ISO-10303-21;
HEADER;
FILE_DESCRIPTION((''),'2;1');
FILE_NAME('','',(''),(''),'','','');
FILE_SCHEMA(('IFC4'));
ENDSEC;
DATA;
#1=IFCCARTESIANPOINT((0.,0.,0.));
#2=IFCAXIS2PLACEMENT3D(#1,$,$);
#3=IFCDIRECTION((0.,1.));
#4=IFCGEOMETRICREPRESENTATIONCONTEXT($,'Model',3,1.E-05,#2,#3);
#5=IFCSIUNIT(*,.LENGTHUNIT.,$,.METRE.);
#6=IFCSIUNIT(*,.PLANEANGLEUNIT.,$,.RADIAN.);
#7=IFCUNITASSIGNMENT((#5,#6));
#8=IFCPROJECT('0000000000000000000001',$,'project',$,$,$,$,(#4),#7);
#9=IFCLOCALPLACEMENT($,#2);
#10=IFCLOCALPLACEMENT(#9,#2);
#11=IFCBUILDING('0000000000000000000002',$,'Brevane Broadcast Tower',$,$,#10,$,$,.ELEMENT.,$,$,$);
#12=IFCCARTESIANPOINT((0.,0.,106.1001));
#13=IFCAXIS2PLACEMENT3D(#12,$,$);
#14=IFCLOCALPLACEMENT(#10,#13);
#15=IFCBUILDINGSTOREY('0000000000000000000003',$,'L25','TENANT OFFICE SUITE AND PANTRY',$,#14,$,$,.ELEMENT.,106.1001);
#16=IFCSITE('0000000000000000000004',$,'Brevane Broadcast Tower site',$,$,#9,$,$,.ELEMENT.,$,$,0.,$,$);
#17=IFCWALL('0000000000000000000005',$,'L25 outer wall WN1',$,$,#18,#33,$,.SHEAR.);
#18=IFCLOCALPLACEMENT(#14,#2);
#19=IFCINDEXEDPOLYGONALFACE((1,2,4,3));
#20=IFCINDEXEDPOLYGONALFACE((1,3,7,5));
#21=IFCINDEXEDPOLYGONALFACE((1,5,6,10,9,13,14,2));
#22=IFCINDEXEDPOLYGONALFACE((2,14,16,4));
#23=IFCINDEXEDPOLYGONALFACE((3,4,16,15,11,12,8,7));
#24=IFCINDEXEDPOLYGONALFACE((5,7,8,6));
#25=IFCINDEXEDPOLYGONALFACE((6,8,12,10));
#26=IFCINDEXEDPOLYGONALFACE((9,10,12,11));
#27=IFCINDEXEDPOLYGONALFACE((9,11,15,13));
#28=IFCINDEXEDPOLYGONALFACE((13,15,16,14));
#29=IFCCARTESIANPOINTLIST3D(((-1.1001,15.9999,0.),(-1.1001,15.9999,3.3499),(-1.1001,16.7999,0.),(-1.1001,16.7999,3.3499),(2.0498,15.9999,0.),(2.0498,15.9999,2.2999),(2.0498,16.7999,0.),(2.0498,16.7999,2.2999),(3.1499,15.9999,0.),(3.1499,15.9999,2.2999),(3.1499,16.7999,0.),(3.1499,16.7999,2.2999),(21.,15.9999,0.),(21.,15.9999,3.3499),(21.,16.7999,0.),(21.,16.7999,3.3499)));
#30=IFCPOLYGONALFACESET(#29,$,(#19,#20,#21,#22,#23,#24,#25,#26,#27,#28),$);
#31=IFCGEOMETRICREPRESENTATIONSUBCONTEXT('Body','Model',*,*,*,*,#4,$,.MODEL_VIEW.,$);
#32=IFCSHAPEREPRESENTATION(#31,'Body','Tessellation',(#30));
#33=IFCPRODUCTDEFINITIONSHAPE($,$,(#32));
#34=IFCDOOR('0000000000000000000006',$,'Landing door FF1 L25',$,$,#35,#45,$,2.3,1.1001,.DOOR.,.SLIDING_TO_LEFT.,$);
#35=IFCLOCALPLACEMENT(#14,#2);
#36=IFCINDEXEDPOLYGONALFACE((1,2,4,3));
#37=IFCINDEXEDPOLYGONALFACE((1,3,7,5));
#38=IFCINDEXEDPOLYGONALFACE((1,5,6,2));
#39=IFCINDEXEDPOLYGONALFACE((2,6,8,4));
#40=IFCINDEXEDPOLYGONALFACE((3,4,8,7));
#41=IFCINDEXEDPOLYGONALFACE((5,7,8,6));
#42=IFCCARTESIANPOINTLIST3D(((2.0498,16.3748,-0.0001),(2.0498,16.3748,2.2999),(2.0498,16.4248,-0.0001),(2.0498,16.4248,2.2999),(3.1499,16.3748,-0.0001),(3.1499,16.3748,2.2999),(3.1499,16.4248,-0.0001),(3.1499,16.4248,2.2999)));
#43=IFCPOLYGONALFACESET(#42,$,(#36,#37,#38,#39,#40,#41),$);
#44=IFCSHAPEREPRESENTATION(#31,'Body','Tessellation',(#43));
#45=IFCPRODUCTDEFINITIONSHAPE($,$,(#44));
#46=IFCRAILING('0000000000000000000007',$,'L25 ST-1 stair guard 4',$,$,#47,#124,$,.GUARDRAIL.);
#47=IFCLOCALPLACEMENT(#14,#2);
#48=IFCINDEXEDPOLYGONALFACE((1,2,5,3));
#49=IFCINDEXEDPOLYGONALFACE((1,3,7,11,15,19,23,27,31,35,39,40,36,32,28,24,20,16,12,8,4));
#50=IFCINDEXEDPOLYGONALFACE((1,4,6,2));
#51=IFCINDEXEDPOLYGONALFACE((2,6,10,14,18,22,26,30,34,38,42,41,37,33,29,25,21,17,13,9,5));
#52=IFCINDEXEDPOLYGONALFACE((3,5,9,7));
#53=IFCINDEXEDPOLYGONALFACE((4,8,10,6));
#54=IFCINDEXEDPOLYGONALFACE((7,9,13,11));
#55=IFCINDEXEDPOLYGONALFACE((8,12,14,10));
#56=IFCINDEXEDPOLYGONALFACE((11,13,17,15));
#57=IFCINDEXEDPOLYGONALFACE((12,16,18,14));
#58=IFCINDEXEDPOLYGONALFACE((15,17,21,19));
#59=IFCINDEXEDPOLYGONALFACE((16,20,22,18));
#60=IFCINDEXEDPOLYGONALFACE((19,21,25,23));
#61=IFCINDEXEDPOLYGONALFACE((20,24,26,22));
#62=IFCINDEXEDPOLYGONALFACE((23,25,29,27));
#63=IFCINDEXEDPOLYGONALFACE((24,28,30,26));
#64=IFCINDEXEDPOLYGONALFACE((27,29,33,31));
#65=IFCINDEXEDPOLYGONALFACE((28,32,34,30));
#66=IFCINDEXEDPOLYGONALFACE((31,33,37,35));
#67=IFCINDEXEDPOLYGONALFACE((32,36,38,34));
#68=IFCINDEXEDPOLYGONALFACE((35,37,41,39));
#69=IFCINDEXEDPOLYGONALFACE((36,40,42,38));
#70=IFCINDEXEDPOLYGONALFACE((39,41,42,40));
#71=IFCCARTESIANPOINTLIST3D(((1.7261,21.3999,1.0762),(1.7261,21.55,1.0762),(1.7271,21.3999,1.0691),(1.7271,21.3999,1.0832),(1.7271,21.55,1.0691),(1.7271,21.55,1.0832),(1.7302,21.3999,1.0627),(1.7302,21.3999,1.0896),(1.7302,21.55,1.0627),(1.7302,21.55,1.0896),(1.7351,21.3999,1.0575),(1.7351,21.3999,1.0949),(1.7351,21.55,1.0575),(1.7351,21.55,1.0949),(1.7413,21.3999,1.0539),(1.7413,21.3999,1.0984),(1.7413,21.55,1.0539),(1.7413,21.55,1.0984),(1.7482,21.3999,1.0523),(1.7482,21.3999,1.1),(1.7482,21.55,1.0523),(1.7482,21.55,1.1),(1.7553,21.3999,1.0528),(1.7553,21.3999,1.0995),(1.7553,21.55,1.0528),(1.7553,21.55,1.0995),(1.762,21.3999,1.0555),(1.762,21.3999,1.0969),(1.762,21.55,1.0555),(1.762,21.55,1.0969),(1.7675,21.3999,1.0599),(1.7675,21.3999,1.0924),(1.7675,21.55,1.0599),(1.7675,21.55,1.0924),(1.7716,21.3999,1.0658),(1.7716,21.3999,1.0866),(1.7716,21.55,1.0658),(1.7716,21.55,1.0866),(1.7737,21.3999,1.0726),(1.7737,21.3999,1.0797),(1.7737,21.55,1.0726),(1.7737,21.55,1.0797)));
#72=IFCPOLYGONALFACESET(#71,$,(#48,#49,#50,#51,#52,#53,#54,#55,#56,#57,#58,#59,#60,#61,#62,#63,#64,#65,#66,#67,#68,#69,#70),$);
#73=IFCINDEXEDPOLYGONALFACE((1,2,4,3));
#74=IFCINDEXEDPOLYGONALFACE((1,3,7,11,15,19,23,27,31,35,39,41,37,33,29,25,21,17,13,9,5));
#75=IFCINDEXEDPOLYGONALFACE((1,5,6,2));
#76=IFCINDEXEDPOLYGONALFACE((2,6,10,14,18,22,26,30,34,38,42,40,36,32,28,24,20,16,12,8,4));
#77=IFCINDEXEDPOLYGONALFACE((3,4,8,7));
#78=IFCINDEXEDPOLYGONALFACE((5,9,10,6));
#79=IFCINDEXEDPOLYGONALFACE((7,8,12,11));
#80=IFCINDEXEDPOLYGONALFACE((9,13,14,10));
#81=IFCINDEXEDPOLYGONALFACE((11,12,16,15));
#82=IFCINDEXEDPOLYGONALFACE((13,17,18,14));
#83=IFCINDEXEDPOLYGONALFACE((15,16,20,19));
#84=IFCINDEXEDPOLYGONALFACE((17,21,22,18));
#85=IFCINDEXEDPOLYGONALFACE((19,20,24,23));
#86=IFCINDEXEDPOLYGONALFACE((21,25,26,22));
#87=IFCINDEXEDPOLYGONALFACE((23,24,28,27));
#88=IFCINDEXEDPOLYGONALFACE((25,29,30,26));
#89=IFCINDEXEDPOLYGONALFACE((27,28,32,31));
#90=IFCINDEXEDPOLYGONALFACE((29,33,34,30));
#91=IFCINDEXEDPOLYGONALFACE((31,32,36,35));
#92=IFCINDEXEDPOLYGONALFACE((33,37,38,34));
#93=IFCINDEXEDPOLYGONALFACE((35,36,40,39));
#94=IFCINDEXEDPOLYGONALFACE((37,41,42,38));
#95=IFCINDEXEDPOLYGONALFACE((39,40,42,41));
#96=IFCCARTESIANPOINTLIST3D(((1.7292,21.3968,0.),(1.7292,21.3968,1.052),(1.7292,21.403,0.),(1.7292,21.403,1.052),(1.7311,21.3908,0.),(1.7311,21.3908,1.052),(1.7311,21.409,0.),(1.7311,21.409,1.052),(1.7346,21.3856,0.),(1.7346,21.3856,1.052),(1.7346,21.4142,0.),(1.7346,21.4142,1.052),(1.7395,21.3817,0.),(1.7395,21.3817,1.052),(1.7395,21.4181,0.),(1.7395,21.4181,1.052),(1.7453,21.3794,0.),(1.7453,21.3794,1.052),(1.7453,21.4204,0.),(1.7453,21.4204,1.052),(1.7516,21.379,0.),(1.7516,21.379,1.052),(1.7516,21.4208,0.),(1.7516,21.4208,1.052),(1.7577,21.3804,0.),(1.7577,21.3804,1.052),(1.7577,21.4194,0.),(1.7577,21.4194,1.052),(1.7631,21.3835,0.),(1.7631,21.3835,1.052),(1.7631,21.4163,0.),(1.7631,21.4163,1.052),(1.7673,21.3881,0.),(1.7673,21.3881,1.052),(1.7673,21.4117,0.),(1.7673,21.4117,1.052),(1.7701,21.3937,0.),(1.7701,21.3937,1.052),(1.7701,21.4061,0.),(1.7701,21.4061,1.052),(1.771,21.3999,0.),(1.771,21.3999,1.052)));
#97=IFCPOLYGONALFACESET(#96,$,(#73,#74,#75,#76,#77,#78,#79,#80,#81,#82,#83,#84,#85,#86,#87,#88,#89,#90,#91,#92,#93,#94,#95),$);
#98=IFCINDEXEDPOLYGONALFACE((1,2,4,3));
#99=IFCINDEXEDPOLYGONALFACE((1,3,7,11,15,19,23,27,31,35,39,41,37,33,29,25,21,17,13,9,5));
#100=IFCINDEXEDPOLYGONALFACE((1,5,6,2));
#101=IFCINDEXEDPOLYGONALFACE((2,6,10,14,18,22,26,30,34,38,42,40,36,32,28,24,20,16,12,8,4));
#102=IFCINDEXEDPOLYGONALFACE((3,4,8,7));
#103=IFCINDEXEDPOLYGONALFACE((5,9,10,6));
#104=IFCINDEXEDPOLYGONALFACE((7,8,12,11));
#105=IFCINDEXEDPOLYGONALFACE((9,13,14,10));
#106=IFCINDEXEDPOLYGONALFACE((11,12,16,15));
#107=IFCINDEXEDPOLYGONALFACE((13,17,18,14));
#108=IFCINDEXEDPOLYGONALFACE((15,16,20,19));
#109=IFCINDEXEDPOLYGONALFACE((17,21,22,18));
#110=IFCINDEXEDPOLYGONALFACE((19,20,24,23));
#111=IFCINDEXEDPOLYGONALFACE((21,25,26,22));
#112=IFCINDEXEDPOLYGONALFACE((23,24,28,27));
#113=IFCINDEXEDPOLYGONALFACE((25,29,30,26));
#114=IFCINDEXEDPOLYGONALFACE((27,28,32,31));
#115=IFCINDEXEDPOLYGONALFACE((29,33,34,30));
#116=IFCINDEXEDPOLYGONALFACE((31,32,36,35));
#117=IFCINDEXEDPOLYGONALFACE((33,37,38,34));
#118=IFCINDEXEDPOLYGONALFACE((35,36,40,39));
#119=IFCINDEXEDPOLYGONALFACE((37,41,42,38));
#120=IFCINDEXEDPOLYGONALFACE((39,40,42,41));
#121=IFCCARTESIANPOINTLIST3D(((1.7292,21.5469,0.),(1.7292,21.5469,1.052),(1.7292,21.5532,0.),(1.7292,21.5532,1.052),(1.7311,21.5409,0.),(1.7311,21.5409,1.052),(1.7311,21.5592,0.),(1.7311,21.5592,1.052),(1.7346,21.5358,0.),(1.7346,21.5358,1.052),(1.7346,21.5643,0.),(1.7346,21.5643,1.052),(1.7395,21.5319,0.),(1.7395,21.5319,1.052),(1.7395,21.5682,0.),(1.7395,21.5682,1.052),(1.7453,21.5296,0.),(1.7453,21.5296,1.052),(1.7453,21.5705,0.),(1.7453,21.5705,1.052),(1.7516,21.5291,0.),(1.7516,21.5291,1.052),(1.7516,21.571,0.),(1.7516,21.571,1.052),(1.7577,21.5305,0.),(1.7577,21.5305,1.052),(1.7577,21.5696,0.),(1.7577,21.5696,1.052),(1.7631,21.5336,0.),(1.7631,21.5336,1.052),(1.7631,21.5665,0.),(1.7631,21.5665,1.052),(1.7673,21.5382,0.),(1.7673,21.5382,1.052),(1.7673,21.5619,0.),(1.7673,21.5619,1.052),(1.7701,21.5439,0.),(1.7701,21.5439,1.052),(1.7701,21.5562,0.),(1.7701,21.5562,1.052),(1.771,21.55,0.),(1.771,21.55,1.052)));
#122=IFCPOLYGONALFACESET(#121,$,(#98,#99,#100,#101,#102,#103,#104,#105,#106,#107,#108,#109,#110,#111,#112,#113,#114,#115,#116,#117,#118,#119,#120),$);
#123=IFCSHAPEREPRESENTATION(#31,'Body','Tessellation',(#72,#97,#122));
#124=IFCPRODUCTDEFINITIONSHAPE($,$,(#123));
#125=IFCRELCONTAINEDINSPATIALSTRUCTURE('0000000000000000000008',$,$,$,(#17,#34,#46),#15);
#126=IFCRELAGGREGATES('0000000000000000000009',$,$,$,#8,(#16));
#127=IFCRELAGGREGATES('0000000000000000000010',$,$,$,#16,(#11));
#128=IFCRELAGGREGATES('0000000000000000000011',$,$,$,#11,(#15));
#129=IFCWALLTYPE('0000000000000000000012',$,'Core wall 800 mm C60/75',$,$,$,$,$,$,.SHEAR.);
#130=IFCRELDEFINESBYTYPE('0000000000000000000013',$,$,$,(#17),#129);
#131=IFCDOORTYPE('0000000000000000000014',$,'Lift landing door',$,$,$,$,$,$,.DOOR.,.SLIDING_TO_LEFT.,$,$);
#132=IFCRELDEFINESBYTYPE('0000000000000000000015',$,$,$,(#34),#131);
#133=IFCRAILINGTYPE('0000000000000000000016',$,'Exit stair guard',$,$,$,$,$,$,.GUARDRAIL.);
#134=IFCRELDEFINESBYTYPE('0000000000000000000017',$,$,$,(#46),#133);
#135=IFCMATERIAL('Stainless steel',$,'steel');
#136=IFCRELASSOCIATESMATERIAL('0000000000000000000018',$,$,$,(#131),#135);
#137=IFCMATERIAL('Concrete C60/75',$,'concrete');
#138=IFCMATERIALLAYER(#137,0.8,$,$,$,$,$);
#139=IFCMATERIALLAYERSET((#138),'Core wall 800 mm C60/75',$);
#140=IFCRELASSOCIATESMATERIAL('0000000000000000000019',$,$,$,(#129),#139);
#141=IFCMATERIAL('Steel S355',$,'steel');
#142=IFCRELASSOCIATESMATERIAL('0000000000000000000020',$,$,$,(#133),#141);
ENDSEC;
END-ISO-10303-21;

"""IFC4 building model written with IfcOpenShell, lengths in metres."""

from ifc_helpers import new_model, si_unit, direction, frame, frame_2d, origin, origin_2d, place, context, subcontext, project, spatial, rectangle, circle, extrude, material, layer, layer_set, type_object, element, fill, save


model = new_model("IFC4")

# Units and contexts
model_context = context("Model", 3, precision=1e-05, world=origin(), true_north=direction((0.0, 1.0)))
body_context = subcontext(model_context, "Body", "Model", "MODEL_VIEW")
ifc_project = project(units=[si_unit("LENGTHUNIT", "METRE"), si_unit("PLANEANGLEUNIT", "RADIAN")], contexts=[model_context])

# Site, building, storey
site_placement = place(None, origin())
site = spatial("IfcSite", under=ifc_project, at=site_placement, Name="Brevane Broadcast Tower site", CompositionType="ELEMENT", RefElevation=0.0)
building_placement = place(site_placement, origin())
building = spatial("IfcBuilding", under=site, at=building_placement, Name="Brevane Broadcast Tower", CompositionType="ELEMENT")
storey_placement = place(building_placement, frame((0.0, 0.0, 106.1001)))
storey = spatial("IfcBuildingStorey", under=building, at=storey_placement, Name="L25", Description="TENANT OFFICE SUITE AND PANTRY", CompositionType="ELEMENT", Elevation=106.1001)

# Shared definitions
ifc_material_1 = material(Name="Concrete C60/75", Category="concrete")
ifc_material_2 = material(Name="Stainless steel", Category="steel")
door_type = type_object("IfcDoorType", Name="Lift landing door", OperationType="SLIDING_TO_LEFT", PredefinedType="DOOR", material=ifc_material_2)

# Wall, opening, door
ifc_layer_1 = layer(ifc_material_1, 0.8)
ifc_layer_set_1 = layer_set([ifc_layer_1], Name="Core wall 800 mm C60/75")
wall_type_1 = type_object("IfcWallType", Name="Core wall 800 mm C60/75", PredefinedType="SHEAR", material=ifc_layer_set_1)
wall_1_placement = place(storey_placement, frame((-1.1001, 16.3999, 0.0), z_axis=(0.0, 0.0, 1.0), x_axis=(1.0, 0.0, 0.0)))
wall_1 = element("IfcWall", 1, at=wall_1_placement, inside=storey, type_object=wall_type_1, Name="L25 outer wall WN1", PredefinedType="SHEAR", context=body_context, shape_type="SweptSolid", body=[
    extrude(rectangle(XDim=22.1001, YDim=0.8, at=frame_2d((11.05, 0.0))), origin(), (0.0, 0.0, 1.0), 3.3499),
])
opening_1_placement = place(wall_1_placement, frame((3.1499, 0.0, 0.0)))
opening_1 = element("IfcOpeningElement", 2, at=opening_1_placement, cuts=wall_1, PredefinedType="OPENING", context=body_context, shape_type="SweptSolid", body=[
    extrude(rectangle(XDim=1.1001, YDim=2.3, at=frame_2d((0.55, 1.1499))), frame((0.0, 0.4099, 0.0), z_axis=(0.0, -1.0, 0.0), x_axis=(1.0, 0.0, 0.0)), (0.0, 0.0, 1.0), 0.8201),
])
door_1_placement = place(opening_1_placement, origin())
door_1 = element("IfcDoor", 3, at=door_1_placement, inside=storey, type_object=door_type, Name="Landing door FF1 L25", OperationType="SLIDING_TO_LEFT", OverallHeight=2.3, OverallWidth=1.1001, PredefinedType="DOOR", context=body_context, shape_type="SweptSolid", body=[
    extrude(rectangle(XDim=1.1001, YDim=2.3, at=frame_2d((0.55, 1.1499))), frame((0.0, 0.0249, 0.0), z_axis=(0.0, -1.0, 0.0), x_axis=(1.0, 0.0, 0.0)), (0.0, 0.0, 1.0), 0.05),
])
fill(opening_1, door_1)

# Railing
ifc_material_3 = material(Name="Steel S355", Category="steel")
railing_type_1 = type_object("IfcRailingType", Name="Exit stair guard", PredefinedType="GUARDRAIL", material=ifc_material_3)
railing_1_placement = place(storey_placement, frame((1.75, 21.3999, 0.0)))
element("IfcRailing", 4, at=railing_1_placement, inside=storey, type_object=railing_type_1, Name="L25 ST-1 stair guard 4", PredefinedType="GUARDRAIL", context=body_context, shape_type="SweptSolid", body=[
    extrude(circle(Radius=0.0239, at=origin_2d()), frame((0.0, 0.0, 1.0762), z_axis=(0.0, 1.0, 0.0), x_axis=(-1.0, 0.0, 0.0)), (0.0, 0.0, 1.0), 0.1501),
    extrude(circle(Radius=0.021, at=origin_2d()), origin(), (0.0, 0.0, 1.0), 1.052),
    extrude(circle(Radius=0.021, at=origin_2d()), frame((0.0, 0.1501, 0.0)), (0.0, 0.0, 1.0), 1.052),
])

save(model, "model.ifc")
